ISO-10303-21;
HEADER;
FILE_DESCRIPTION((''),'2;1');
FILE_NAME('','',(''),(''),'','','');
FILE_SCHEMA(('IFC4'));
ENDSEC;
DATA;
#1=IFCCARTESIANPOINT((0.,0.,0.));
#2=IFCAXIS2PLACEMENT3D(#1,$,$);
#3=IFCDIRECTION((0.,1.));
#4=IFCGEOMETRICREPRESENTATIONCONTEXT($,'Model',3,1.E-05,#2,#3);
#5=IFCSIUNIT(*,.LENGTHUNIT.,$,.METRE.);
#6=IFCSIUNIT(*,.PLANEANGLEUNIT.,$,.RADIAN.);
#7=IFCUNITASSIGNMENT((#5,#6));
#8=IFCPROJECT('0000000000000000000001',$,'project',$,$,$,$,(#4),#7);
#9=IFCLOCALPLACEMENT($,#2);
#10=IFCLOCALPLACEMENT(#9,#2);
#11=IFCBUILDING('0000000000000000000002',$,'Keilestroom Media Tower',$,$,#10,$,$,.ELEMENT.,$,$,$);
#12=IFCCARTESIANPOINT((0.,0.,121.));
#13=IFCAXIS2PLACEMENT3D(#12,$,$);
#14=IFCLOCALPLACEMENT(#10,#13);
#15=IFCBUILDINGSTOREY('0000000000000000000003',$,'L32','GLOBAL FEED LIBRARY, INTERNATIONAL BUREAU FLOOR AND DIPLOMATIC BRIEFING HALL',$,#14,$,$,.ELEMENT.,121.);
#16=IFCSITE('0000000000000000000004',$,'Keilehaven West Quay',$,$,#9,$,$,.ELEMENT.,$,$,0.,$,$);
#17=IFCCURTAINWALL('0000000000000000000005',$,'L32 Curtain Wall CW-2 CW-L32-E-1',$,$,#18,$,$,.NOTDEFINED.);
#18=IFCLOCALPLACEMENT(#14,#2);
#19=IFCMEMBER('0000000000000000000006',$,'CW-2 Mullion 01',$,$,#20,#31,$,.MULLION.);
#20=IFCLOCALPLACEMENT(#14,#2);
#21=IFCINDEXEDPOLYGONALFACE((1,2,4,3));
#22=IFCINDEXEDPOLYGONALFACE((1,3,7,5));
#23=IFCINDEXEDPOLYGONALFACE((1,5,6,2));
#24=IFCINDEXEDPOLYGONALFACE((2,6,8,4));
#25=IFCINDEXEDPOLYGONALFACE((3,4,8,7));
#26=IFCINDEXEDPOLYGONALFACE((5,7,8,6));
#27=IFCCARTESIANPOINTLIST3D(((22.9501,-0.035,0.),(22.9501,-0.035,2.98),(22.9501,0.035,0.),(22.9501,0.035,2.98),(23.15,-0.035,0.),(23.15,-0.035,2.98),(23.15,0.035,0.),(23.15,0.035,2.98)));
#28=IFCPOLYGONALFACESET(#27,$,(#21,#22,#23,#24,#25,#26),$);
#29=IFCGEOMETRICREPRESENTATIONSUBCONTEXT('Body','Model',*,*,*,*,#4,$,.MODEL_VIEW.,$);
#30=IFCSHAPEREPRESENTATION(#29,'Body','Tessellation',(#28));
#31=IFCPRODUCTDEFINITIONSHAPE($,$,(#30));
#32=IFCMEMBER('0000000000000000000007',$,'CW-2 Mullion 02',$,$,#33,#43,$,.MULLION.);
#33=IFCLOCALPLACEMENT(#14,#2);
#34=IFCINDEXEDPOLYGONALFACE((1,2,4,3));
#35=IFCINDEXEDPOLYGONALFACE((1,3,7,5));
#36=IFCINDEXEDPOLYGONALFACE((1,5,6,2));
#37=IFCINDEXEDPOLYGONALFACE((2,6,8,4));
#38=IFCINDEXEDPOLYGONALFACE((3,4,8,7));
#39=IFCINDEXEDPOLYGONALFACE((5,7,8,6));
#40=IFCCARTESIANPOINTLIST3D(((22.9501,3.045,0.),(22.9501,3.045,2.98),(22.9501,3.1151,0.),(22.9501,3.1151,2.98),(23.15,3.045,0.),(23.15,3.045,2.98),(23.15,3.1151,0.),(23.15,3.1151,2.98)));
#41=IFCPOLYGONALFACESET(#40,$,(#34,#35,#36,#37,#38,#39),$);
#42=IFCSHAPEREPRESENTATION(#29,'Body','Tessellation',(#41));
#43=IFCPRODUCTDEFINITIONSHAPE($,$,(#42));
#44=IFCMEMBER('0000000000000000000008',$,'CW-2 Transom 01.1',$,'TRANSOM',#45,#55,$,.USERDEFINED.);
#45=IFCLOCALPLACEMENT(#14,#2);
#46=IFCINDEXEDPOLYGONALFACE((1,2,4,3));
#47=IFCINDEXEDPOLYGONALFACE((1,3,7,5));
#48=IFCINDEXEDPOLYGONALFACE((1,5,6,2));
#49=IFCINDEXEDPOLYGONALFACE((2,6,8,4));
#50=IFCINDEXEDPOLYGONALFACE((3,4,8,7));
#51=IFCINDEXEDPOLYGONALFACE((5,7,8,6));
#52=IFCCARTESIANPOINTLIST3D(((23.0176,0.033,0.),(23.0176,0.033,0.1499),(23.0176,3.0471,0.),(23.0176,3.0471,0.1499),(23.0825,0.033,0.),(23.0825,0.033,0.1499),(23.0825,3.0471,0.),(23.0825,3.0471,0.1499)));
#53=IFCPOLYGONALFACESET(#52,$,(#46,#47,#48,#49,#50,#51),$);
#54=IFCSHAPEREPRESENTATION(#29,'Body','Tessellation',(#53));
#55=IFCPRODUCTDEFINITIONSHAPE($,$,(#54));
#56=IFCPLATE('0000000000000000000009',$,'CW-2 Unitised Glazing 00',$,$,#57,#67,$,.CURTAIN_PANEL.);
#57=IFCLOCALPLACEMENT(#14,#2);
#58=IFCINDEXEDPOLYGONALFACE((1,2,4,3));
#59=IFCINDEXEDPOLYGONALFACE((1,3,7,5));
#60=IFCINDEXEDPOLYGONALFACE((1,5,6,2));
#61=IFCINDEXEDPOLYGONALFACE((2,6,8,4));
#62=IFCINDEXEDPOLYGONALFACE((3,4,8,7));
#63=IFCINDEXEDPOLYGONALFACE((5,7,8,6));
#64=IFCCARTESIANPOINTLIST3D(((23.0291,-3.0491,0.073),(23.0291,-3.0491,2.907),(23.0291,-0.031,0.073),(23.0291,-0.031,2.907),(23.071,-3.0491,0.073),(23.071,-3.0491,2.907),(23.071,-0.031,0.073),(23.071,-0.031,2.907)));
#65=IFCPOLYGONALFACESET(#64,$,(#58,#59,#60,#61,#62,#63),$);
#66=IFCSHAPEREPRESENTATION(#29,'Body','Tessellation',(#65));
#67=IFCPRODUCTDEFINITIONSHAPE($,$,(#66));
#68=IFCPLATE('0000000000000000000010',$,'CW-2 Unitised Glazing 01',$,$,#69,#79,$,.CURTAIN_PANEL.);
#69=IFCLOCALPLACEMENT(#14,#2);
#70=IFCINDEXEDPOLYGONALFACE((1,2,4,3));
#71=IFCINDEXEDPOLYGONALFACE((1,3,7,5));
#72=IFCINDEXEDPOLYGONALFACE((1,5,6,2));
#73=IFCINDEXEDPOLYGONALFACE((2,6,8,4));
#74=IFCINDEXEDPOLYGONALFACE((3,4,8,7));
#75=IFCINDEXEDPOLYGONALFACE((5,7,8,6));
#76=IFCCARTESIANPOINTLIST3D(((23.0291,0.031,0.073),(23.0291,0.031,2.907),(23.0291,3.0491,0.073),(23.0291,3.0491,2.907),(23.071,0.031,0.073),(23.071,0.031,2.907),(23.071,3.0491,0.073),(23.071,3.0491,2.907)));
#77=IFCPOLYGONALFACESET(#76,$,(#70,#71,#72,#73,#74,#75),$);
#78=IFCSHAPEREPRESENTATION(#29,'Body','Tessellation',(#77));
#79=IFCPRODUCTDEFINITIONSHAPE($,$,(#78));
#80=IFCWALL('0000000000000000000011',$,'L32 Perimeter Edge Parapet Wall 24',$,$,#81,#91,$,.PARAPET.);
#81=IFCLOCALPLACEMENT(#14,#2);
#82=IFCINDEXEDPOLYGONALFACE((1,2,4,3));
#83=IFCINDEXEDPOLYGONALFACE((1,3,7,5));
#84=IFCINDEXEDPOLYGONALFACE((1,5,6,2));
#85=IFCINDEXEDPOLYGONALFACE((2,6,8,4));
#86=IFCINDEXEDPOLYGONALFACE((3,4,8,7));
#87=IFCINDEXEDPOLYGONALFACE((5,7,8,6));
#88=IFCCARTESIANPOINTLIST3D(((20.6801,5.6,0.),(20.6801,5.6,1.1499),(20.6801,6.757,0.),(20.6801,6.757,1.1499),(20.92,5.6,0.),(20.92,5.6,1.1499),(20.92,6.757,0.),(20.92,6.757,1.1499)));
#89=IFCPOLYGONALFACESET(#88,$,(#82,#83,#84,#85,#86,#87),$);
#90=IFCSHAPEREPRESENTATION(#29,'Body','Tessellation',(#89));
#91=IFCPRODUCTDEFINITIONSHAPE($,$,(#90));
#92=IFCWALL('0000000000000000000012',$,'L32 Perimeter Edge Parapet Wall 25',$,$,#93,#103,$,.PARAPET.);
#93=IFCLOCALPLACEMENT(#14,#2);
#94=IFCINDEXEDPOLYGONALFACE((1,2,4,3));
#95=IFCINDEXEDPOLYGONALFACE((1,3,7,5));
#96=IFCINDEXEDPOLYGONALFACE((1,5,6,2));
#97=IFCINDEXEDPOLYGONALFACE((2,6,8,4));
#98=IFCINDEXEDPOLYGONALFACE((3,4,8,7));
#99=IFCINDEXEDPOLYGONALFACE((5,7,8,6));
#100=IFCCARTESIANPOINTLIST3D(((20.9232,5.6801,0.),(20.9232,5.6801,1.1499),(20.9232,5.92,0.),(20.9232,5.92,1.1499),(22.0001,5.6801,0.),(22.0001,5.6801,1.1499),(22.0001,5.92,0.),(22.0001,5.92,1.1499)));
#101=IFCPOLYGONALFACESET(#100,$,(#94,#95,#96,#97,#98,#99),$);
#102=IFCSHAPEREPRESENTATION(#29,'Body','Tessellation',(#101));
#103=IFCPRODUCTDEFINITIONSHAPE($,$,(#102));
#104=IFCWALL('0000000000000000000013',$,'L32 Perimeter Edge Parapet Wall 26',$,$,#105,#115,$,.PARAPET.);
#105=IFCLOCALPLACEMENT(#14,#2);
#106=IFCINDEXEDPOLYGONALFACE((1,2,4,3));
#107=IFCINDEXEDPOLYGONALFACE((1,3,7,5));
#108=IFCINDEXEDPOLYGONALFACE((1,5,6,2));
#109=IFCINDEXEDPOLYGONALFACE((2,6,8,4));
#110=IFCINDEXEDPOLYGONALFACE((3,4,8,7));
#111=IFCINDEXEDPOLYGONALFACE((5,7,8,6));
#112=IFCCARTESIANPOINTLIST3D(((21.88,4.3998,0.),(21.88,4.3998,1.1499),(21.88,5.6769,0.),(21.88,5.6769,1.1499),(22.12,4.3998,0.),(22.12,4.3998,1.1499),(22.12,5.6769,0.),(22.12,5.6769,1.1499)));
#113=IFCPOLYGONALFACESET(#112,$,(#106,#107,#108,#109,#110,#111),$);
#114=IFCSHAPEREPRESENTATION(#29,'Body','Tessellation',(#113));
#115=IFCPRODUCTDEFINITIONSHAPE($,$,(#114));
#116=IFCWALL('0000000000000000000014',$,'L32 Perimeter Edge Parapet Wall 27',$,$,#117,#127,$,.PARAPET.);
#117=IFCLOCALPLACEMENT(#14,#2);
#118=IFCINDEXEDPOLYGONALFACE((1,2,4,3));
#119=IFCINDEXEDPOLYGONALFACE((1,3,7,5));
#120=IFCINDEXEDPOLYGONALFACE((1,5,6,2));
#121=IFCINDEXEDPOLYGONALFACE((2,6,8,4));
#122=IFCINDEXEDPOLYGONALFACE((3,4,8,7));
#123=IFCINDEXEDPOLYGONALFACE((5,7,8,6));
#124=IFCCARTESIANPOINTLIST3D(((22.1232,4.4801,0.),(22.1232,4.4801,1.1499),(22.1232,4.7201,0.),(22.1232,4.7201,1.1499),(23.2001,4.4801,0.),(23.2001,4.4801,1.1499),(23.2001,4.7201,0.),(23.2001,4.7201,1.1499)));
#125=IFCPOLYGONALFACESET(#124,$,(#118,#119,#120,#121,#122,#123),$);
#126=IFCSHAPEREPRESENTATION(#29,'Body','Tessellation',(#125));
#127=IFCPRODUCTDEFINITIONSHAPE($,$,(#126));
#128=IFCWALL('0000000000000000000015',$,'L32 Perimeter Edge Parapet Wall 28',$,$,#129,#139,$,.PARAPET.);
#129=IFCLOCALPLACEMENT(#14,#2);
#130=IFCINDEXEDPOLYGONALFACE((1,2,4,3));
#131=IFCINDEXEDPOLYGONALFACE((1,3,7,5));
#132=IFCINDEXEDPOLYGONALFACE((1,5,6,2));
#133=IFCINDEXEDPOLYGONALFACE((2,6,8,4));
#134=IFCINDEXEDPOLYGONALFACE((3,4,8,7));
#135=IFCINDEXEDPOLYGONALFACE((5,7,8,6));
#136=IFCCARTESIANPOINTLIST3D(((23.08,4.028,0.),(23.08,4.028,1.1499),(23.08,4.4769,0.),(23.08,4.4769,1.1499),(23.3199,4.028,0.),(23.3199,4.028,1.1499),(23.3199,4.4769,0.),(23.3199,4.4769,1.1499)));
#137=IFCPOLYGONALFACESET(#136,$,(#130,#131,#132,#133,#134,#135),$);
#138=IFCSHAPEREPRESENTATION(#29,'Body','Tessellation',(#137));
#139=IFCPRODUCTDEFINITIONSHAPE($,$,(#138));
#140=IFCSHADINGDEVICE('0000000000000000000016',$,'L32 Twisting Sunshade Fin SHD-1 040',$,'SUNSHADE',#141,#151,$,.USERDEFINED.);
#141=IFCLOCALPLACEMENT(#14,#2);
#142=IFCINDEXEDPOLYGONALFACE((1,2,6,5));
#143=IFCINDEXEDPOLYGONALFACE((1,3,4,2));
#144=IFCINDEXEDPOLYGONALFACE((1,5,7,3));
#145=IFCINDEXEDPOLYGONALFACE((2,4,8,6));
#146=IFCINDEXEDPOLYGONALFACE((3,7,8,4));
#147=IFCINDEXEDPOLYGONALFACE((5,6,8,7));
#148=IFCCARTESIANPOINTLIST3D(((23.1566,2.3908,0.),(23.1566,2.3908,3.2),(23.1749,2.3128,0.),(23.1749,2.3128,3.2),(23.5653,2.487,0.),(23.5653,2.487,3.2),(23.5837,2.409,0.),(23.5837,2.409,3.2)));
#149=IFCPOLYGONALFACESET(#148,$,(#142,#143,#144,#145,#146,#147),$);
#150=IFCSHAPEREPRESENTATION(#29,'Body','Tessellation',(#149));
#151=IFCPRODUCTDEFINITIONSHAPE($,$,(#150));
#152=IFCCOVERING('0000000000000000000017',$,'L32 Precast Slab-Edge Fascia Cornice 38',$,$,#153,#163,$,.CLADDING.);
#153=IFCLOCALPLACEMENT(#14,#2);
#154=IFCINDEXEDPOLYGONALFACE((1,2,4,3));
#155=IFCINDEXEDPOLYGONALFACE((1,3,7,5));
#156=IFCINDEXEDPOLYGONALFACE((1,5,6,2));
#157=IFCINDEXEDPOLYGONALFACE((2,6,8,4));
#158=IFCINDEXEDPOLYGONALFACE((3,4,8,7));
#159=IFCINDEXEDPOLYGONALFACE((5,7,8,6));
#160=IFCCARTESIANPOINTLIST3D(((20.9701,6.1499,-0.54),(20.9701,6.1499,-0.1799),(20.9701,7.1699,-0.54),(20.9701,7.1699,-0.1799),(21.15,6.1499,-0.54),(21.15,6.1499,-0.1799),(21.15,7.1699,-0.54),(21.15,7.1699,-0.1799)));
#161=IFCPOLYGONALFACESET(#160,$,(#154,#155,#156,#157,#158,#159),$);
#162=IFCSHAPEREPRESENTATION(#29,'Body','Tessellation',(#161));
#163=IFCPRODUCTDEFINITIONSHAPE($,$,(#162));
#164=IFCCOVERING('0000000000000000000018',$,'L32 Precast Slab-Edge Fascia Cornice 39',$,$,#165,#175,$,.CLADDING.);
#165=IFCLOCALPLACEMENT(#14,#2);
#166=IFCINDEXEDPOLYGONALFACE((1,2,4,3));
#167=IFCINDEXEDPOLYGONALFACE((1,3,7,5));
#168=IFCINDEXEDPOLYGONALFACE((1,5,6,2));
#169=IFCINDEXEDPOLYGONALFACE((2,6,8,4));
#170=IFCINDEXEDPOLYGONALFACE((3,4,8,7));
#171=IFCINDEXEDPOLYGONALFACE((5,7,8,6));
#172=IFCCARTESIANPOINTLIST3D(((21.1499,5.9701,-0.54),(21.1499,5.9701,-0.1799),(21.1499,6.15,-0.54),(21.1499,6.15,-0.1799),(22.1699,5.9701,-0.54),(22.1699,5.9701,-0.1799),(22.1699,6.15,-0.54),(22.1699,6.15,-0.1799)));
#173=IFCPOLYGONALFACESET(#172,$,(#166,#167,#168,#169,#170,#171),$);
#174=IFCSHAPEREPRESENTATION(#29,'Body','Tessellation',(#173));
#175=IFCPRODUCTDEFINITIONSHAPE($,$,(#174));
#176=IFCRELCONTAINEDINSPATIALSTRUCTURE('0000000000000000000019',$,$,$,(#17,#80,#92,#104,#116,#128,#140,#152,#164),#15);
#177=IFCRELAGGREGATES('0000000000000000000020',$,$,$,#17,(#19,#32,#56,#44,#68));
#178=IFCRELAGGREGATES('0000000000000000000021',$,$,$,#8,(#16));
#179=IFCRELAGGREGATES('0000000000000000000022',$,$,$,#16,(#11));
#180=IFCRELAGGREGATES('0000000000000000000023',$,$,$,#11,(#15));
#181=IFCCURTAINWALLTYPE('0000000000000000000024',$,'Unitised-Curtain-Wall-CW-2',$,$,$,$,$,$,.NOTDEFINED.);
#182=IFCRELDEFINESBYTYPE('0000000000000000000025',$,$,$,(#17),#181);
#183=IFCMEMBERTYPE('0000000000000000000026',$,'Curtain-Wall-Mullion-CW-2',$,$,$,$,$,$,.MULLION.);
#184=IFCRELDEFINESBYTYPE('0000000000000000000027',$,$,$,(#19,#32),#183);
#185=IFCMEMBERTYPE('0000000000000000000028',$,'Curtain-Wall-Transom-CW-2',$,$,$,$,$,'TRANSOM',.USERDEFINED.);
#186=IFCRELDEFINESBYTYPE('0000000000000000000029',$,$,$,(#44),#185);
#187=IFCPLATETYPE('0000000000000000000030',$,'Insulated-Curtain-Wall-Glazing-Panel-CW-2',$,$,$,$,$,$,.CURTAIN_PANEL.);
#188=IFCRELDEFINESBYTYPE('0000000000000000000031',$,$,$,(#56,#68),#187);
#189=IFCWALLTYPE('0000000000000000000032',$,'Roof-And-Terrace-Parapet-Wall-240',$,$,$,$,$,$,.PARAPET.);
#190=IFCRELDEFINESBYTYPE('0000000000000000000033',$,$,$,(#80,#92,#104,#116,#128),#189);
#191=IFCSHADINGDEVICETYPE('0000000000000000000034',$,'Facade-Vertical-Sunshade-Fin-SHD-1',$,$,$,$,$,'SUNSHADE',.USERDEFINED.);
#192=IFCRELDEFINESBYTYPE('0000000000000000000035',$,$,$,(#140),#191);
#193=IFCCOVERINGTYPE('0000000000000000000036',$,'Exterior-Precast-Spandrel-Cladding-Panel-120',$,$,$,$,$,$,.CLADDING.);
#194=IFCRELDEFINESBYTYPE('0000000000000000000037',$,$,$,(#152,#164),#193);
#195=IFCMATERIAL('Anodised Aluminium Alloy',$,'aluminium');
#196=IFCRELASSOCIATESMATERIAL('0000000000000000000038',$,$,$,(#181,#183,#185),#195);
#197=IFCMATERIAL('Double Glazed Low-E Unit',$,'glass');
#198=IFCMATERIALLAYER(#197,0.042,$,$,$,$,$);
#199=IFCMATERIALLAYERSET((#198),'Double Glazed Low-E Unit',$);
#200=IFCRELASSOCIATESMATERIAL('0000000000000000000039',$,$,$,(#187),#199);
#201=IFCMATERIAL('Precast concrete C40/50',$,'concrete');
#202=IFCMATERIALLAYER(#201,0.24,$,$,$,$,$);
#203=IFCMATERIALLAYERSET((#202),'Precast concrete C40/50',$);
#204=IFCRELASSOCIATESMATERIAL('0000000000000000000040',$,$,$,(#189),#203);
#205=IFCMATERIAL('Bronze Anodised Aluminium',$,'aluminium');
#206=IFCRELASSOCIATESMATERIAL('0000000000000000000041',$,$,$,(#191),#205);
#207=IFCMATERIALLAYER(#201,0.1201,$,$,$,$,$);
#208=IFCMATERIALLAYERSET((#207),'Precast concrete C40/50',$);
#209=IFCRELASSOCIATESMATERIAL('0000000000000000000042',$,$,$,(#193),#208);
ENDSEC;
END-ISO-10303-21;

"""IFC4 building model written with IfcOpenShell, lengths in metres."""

from ifc_helpers import new_model, si_unit, direction, frame, frame_2d, origin, origin_2d, place, context, subcontext, project, spatial, rectangle, extrude, source, transform, mapped, material, layer, layer_set, material_profile, profile_set, type_object, element, aggregate, save


model = new_model("IFC4")

# Units and contexts
model_context = context("Model", 3, precision=1e-05, world=origin(), true_north=direction((0.0, 1.0)))
body_context = subcontext(model_context, "Body", "Model", "MODEL_VIEW")
ifc_project = project(units=[si_unit("LENGTHUNIT", "METRE"), si_unit("PLANEANGLEUNIT", "RADIAN")], contexts=[model_context])

# Site, building, storey
site_placement = place(None, origin())
site = spatial("IfcSite", under=ifc_project, at=site_placement, Name="Keilehaven West Quay", CompositionType="ELEMENT", RefElevation=0.0)
building_placement = place(site_placement, origin())
building = spatial("IfcBuilding", under=site, at=building_placement, Name="Keilestroom Media Tower", CompositionType="ELEMENT")
storey_placement = place(building_placement, frame((0.0, 0.0, 121.0)))
storey = spatial("IfcBuildingStorey", under=building, at=storey_placement, Name="L32", Description="GLOBAL FEED LIBRARY, INTERNATIONAL BUREAU FLOOR AND DIPLOMATIC BRIEFING HALL", CompositionType="ELEMENT", Elevation=121.0)

# Shared definitions
ifc_material_1 = material(Name="Precast concrete C40/50", Category="concrete")

# Curtain wall, members, plates
ifc_material_2 = material(Name="Anodised Aluminium Alloy", Category="aluminium")
curtain_wall_type = type_object("IfcCurtainWallType", Name="Unitised-Curtain-Wall-CW-2", PredefinedType="NOTDEFINED", material=ifc_material_2)
curtain_wall_placement = place(storey_placement, origin())
curtain_wall = element("IfcCurtainWall", 1, at=curtain_wall_placement, inside=storey, type_object=curtain_wall_type, Name="L32 Curtain Wall CW-2 CW-L32-E-1", PredefinedType="NOTDEFINED")
ifc_material_profile_1 = material_profile(ifc_material_2, rectangle(XDim=0.0701, YDim=0.2, at=origin_2d()), Name="ALU MULLION 70x200")
ifc_profile_set_1 = profile_set([ifc_material_profile_1], Name="Anodised Aluminium Alloy")
member_type_1 = type_object("IfcMemberType", Name="Curtain-Wall-Mullion-CW-2", PredefinedType="MULLION", material=ifc_profile_set_1)
shared_shape_1 = source(origin(), body_context, "Body", "SweptSolid", [
    extrude(rectangle(XDim=0.0701, YDim=0.2, at=origin_2d()), origin(), (0.0, 0.0, 1.0), 2.98),
])
member_1_placement = place(storey_placement, frame((23.05, 0.0, 0.0), z_axis=(0.0, 0.0, 1.0), x_axis=(0.0, 1.0, 0.0)))
member_1 = element("IfcMember", 2, at=member_1_placement, type_object=member_type_1, Name="CW-2 Mullion 01", PredefinedType="MULLION", context=body_context, shape_type="MappedRepresentation", body=[
    mapped(shared_shape_1, transform((0.0, 0.0, 0.0), x_axis=(1.0, 0.0, 0.0), y_axis=(0.0, 1.0, 0.0), z_axis=(0.0, 0.0, 1.0), scale=1.0)),
])
member_2_placement = place(storey_placement, frame((23.05, 3.0801, 0.0), z_axis=(0.0, 0.0, 1.0), x_axis=(0.0, 1.0, 0.0)))
member_2 = element("IfcMember", 3, at=member_2_placement, type_object=member_type_1, Name="CW-2 Mullion 02", PredefinedType="MULLION", context=body_context, shape_type="MappedRepresentation", body=[
    mapped(shared_shape_1, transform((0.0, 0.0, 0.0), x_axis=(1.0, 0.0, 0.0), y_axis=(0.0, 1.0, 0.0), z_axis=(0.0, 0.0, 1.0), scale=1.0)),
])
ifc_material_profile_2 = material_profile(ifc_material_2, rectangle(XDim=0.0649, YDim=0.1499, at=origin_2d()), Name="ALU TRANSOM 65x150")
ifc_profile_set_2 = profile_set([ifc_material_profile_2], Name="Anodised Aluminium Alloy")
member_type_2 = type_object("IfcMemberType", Name="Curtain-Wall-Transom-CW-2", ElementType="TRANSOM", PredefinedType="USERDEFINED", material=ifc_profile_set_2)
shared_shape_2 = source(origin(), body_context, "Body", "SweptSolid", [
    extrude(rectangle(XDim=0.0649, YDim=0.1499, at=origin_2d()), origin(), (0.0, 0.0, 1.0), 3.0142),
])
member_3_placement = place(storey_placement, frame((23.05, 0.033, 0.075), z_axis=(0.0, 1.0, 0.0), x_axis=(-1.0, 0.0, 0.0)))
member_3 = element("IfcMember", 4, at=member_3_placement, type_object=member_type_2, Name="CW-2 Transom 01.1", ObjectType="TRANSOM", PredefinedType="USERDEFINED", context=body_context, shape_type="MappedRepresentation", body=[
    mapped(shared_shape_2, transform((0.0, 0.0, 0.0), x_axis=(1.0, 0.0, 0.0), y_axis=(0.0, 1.0, 0.0), z_axis=(0.0, 0.0, 1.0), scale=1.0)),
])
ifc_material_3 = material(Name="Double Glazed Low-E Unit", Category="glass")
ifc_layer_1 = layer(ifc_material_3, 0.042)
ifc_layer_set_1 = layer_set([ifc_layer_1], Name="Double Glazed Low-E Unit")
plate_type = type_object("IfcPlateType", Name="Insulated-Curtain-Wall-Glazing-Panel-CW-2", PredefinedType="CURTAIN_PANEL", material=ifc_layer_set_1)
shared_shape_3 = source(origin(), body_context, "Body", "SweptSolid", [
    extrude(rectangle(XDim=3.0181, YDim=0.042, at=origin_2d()), origin(), (0.0, 0.0, 1.0), 2.834),
])
plate_1_placement = place(storey_placement, frame((23.05, -1.54, 0.073), z_axis=(0.0, 0.0, 1.0), x_axis=(0.0, 1.0, 0.0)))
plate_1 = element("IfcPlate", 5, at=plate_1_placement, type_object=plate_type, Name="CW-2 Unitised Glazing 00", PredefinedType="CURTAIN_PANEL", context=body_context, shape_type="MappedRepresentation", body=[
    mapped(shared_shape_3, transform((0.0, 0.0, 0.0), x_axis=(1.0, 0.0, 0.0), y_axis=(0.0, 1.0, 0.0), z_axis=(0.0, 0.0, 1.0), scale=1.0)),
])
plate_2_placement = place(storey_placement, frame((23.05, 1.54, 0.073), z_axis=(0.0, 0.0, 1.0), x_axis=(0.0, 1.0, 0.0)))
plate_2 = element("IfcPlate", 6, at=plate_2_placement, type_object=plate_type, Name="CW-2 Unitised Glazing 01", PredefinedType="CURTAIN_PANEL", context=body_context, shape_type="MappedRepresentation", body=[
    mapped(shared_shape_3, transform((0.0, 0.0, 0.0), x_axis=(1.0, 0.0, 0.0), y_axis=(0.0, 1.0, 0.0), z_axis=(0.0, 0.0, 1.0), scale=1.0)),
])
aggregate(curtain_wall, [member_1, member_2, plate_1, member_3, plate_2])

# Walls
ifc_layer_2 = layer(ifc_material_1, 0.24)
ifc_layer_set_2 = layer_set([ifc_layer_2], Name="Precast concrete C40/50")
wall_type = type_object("IfcWallType", Name="Roof-And-Terrace-Parapet-Wall-240", PredefinedType="PARAPET", material=ifc_layer_set_2)
wall_1_placement = place(storey_placement, frame((20.8, 6.7571, 0.0), z_axis=(0.0, 0.0, 1.0), x_axis=(0.0, -1.0, 0.0)))
element("IfcWall", 7, at=wall_1_placement, inside=storey, type_object=wall_type, Name="L32 Perimeter Edge Parapet Wall 24", PredefinedType="PARAPET", context=body_context, shape_type="SweptSolid", body=[
    extrude(rectangle(XDim=1.157, YDim=0.24, at=frame_2d((0.5786, 0.0))), origin(), (0.0, 0.0, 1.0), 1.1499),
])
wall_2_placement = place(storey_placement, frame((20.9231, 5.8, 0.0), z_axis=(0.0, 0.0, 1.0), x_axis=(1.0, 0.0, 0.0)))
element("IfcWall", 8, at=wall_2_placement, inside=storey, type_object=wall_type, Name="L32 Perimeter Edge Parapet Wall 25", PredefinedType="PARAPET", context=body_context, shape_type="SweptSolid", body=[
    extrude(rectangle(XDim=1.0769, YDim=0.24, at=frame_2d((0.5386, 0.0))), origin(), (0.0, 0.0, 1.0), 1.1499),
])
wall_3_placement = place(storey_placement, frame((22.0, 5.677, 0.0), z_axis=(0.0, 0.0, 1.0), x_axis=(0.0, -1.0, 0.0)))
element("IfcWall", 9, at=wall_3_placement, inside=storey, type_object=wall_type, Name="L32 Perimeter Edge Parapet Wall 26", PredefinedType="PARAPET", context=body_context, shape_type="SweptSolid", body=[
    extrude(rectangle(XDim=1.2771, YDim=0.24, at=frame_2d((0.6387, 0.0))), origin(), (0.0, 0.0, 1.0), 1.1499),
])
wall_4_placement = place(storey_placement, frame((22.123, 4.6001, 0.0), z_axis=(0.0, 0.0, 1.0), x_axis=(1.0, 0.0, 0.0)))
element("IfcWall", 10, at=wall_4_placement, inside=storey, type_object=wall_type, Name="L32 Perimeter Edge Parapet Wall 27", PredefinedType="PARAPET", context=body_context, shape_type="SweptSolid", body=[
    extrude(rectangle(XDim=1.0769, YDim=0.24, at=frame_2d((0.5386, 0.0))), origin(), (0.0, 0.0, 1.0), 1.1499),
])
wall_5_placement = place(storey_placement, frame((23.2, 4.4771, 0.0), z_axis=(0.0, 0.0, 1.0), x_axis=(0.0, -1.0, 0.0)))
element("IfcWall", 11, at=wall_5_placement, inside=storey, type_object=wall_type, Name="L32 Perimeter Edge Parapet Wall 28", PredefinedType="PARAPET", context=body_context, shape_type="SweptSolid", body=[
    extrude(rectangle(XDim=0.449, YDim=0.24, at=frame_2d((0.2246, 0.0))), origin(), (0.0, 0.0, 1.0), 1.1499),
])

# Shading device
ifc_material_4 = material(Name="Bronze Anodised Aluminium", Category="aluminium")
shading_device_type = type_object("IfcShadingDeviceType", Name="Facade-Vertical-Sunshade-Fin-SHD-1", ElementType="SUNSHADE", PredefinedType="USERDEFINED", material=ifc_material_4)
shared_shape_4 = source(origin(), body_context, "Body", "SweptSolid", [
    extrude(rectangle(XDim=0.4199, YDim=0.0801, at=origin_2d()), origin(), (0.0, 0.0, 1.0), 3.2),
])
shading_device_placement = place(storey_placement, frame((23.3701, 2.3999, 0.0), z_axis=(0.0, 0.0, 1.0), x_axis=(0.973419, 0.229031, 0.0)))
element("IfcShadingDevice", 12, at=shading_device_placement, inside=storey, type_object=shading_device_type, Name="L32 Twisting Sunshade Fin SHD-1 040", ObjectType="SUNSHADE", PredefinedType="USERDEFINED", context=body_context, shape_type="MappedRepresentation", body=[
    mapped(shared_shape_4, transform((0.0, 0.0, 0.0), x_axis=(1.0, 0.0, 0.0), y_axis=(0.0, 1.0, 0.0), z_axis=(0.0, 0.0, 1.0), scale=1.0)),
])

# Coverings
ifc_layer_3 = layer(ifc_material_1, 0.1201)
ifc_layer_set_3 = layer_set([ifc_layer_3], Name="Precast concrete C40/50")
covering_type = type_object("IfcCoveringType", Name="Exterior-Precast-Spandrel-Cladding-Panel-120", PredefinedType="CLADDING", material=ifc_layer_set_3)
shared_shape_5 = source(origin(), body_context, "Body", "SweptSolid", [
    extrude(rectangle(XDim=1.02, YDim=0.1799, at=origin_2d()), origin(), (0.0, 0.0, 1.0), 0.3601),
])
for number, where, z_axis, x_axis, name in (
    (13, (21.0601, 6.6599, -0.54), (0.0, 0.0, 1.0), (0.0, -1.0, 0.0), "L32 Precast Slab-Edge Fascia Cornice 38"),
    (14, (21.6599, 6.0601, -0.54), (0.0, 0.0, 1.0), (1.0, 0.0, 0.0), "L32 Precast Slab-Edge Fascia Cornice 39"),
):
    element("IfcCovering", number, at=place(storey_placement, frame(where, z_axis=z_axis, x_axis=x_axis)), inside=storey, type_object=covering_type, Name=name, PredefinedType="CLADDING", context=body_context, shape_type="MappedRepresentation", body=[
        mapped(shared_shape_5, transform((0.0, 0.0, 0.0), x_axis=(1.0, 0.0, 0.0), y_axis=(0.0, 1.0, 0.0), z_axis=(0.0, 0.0, 1.0), scale=1.0)),
    ])

save(model, "model.ifc")
